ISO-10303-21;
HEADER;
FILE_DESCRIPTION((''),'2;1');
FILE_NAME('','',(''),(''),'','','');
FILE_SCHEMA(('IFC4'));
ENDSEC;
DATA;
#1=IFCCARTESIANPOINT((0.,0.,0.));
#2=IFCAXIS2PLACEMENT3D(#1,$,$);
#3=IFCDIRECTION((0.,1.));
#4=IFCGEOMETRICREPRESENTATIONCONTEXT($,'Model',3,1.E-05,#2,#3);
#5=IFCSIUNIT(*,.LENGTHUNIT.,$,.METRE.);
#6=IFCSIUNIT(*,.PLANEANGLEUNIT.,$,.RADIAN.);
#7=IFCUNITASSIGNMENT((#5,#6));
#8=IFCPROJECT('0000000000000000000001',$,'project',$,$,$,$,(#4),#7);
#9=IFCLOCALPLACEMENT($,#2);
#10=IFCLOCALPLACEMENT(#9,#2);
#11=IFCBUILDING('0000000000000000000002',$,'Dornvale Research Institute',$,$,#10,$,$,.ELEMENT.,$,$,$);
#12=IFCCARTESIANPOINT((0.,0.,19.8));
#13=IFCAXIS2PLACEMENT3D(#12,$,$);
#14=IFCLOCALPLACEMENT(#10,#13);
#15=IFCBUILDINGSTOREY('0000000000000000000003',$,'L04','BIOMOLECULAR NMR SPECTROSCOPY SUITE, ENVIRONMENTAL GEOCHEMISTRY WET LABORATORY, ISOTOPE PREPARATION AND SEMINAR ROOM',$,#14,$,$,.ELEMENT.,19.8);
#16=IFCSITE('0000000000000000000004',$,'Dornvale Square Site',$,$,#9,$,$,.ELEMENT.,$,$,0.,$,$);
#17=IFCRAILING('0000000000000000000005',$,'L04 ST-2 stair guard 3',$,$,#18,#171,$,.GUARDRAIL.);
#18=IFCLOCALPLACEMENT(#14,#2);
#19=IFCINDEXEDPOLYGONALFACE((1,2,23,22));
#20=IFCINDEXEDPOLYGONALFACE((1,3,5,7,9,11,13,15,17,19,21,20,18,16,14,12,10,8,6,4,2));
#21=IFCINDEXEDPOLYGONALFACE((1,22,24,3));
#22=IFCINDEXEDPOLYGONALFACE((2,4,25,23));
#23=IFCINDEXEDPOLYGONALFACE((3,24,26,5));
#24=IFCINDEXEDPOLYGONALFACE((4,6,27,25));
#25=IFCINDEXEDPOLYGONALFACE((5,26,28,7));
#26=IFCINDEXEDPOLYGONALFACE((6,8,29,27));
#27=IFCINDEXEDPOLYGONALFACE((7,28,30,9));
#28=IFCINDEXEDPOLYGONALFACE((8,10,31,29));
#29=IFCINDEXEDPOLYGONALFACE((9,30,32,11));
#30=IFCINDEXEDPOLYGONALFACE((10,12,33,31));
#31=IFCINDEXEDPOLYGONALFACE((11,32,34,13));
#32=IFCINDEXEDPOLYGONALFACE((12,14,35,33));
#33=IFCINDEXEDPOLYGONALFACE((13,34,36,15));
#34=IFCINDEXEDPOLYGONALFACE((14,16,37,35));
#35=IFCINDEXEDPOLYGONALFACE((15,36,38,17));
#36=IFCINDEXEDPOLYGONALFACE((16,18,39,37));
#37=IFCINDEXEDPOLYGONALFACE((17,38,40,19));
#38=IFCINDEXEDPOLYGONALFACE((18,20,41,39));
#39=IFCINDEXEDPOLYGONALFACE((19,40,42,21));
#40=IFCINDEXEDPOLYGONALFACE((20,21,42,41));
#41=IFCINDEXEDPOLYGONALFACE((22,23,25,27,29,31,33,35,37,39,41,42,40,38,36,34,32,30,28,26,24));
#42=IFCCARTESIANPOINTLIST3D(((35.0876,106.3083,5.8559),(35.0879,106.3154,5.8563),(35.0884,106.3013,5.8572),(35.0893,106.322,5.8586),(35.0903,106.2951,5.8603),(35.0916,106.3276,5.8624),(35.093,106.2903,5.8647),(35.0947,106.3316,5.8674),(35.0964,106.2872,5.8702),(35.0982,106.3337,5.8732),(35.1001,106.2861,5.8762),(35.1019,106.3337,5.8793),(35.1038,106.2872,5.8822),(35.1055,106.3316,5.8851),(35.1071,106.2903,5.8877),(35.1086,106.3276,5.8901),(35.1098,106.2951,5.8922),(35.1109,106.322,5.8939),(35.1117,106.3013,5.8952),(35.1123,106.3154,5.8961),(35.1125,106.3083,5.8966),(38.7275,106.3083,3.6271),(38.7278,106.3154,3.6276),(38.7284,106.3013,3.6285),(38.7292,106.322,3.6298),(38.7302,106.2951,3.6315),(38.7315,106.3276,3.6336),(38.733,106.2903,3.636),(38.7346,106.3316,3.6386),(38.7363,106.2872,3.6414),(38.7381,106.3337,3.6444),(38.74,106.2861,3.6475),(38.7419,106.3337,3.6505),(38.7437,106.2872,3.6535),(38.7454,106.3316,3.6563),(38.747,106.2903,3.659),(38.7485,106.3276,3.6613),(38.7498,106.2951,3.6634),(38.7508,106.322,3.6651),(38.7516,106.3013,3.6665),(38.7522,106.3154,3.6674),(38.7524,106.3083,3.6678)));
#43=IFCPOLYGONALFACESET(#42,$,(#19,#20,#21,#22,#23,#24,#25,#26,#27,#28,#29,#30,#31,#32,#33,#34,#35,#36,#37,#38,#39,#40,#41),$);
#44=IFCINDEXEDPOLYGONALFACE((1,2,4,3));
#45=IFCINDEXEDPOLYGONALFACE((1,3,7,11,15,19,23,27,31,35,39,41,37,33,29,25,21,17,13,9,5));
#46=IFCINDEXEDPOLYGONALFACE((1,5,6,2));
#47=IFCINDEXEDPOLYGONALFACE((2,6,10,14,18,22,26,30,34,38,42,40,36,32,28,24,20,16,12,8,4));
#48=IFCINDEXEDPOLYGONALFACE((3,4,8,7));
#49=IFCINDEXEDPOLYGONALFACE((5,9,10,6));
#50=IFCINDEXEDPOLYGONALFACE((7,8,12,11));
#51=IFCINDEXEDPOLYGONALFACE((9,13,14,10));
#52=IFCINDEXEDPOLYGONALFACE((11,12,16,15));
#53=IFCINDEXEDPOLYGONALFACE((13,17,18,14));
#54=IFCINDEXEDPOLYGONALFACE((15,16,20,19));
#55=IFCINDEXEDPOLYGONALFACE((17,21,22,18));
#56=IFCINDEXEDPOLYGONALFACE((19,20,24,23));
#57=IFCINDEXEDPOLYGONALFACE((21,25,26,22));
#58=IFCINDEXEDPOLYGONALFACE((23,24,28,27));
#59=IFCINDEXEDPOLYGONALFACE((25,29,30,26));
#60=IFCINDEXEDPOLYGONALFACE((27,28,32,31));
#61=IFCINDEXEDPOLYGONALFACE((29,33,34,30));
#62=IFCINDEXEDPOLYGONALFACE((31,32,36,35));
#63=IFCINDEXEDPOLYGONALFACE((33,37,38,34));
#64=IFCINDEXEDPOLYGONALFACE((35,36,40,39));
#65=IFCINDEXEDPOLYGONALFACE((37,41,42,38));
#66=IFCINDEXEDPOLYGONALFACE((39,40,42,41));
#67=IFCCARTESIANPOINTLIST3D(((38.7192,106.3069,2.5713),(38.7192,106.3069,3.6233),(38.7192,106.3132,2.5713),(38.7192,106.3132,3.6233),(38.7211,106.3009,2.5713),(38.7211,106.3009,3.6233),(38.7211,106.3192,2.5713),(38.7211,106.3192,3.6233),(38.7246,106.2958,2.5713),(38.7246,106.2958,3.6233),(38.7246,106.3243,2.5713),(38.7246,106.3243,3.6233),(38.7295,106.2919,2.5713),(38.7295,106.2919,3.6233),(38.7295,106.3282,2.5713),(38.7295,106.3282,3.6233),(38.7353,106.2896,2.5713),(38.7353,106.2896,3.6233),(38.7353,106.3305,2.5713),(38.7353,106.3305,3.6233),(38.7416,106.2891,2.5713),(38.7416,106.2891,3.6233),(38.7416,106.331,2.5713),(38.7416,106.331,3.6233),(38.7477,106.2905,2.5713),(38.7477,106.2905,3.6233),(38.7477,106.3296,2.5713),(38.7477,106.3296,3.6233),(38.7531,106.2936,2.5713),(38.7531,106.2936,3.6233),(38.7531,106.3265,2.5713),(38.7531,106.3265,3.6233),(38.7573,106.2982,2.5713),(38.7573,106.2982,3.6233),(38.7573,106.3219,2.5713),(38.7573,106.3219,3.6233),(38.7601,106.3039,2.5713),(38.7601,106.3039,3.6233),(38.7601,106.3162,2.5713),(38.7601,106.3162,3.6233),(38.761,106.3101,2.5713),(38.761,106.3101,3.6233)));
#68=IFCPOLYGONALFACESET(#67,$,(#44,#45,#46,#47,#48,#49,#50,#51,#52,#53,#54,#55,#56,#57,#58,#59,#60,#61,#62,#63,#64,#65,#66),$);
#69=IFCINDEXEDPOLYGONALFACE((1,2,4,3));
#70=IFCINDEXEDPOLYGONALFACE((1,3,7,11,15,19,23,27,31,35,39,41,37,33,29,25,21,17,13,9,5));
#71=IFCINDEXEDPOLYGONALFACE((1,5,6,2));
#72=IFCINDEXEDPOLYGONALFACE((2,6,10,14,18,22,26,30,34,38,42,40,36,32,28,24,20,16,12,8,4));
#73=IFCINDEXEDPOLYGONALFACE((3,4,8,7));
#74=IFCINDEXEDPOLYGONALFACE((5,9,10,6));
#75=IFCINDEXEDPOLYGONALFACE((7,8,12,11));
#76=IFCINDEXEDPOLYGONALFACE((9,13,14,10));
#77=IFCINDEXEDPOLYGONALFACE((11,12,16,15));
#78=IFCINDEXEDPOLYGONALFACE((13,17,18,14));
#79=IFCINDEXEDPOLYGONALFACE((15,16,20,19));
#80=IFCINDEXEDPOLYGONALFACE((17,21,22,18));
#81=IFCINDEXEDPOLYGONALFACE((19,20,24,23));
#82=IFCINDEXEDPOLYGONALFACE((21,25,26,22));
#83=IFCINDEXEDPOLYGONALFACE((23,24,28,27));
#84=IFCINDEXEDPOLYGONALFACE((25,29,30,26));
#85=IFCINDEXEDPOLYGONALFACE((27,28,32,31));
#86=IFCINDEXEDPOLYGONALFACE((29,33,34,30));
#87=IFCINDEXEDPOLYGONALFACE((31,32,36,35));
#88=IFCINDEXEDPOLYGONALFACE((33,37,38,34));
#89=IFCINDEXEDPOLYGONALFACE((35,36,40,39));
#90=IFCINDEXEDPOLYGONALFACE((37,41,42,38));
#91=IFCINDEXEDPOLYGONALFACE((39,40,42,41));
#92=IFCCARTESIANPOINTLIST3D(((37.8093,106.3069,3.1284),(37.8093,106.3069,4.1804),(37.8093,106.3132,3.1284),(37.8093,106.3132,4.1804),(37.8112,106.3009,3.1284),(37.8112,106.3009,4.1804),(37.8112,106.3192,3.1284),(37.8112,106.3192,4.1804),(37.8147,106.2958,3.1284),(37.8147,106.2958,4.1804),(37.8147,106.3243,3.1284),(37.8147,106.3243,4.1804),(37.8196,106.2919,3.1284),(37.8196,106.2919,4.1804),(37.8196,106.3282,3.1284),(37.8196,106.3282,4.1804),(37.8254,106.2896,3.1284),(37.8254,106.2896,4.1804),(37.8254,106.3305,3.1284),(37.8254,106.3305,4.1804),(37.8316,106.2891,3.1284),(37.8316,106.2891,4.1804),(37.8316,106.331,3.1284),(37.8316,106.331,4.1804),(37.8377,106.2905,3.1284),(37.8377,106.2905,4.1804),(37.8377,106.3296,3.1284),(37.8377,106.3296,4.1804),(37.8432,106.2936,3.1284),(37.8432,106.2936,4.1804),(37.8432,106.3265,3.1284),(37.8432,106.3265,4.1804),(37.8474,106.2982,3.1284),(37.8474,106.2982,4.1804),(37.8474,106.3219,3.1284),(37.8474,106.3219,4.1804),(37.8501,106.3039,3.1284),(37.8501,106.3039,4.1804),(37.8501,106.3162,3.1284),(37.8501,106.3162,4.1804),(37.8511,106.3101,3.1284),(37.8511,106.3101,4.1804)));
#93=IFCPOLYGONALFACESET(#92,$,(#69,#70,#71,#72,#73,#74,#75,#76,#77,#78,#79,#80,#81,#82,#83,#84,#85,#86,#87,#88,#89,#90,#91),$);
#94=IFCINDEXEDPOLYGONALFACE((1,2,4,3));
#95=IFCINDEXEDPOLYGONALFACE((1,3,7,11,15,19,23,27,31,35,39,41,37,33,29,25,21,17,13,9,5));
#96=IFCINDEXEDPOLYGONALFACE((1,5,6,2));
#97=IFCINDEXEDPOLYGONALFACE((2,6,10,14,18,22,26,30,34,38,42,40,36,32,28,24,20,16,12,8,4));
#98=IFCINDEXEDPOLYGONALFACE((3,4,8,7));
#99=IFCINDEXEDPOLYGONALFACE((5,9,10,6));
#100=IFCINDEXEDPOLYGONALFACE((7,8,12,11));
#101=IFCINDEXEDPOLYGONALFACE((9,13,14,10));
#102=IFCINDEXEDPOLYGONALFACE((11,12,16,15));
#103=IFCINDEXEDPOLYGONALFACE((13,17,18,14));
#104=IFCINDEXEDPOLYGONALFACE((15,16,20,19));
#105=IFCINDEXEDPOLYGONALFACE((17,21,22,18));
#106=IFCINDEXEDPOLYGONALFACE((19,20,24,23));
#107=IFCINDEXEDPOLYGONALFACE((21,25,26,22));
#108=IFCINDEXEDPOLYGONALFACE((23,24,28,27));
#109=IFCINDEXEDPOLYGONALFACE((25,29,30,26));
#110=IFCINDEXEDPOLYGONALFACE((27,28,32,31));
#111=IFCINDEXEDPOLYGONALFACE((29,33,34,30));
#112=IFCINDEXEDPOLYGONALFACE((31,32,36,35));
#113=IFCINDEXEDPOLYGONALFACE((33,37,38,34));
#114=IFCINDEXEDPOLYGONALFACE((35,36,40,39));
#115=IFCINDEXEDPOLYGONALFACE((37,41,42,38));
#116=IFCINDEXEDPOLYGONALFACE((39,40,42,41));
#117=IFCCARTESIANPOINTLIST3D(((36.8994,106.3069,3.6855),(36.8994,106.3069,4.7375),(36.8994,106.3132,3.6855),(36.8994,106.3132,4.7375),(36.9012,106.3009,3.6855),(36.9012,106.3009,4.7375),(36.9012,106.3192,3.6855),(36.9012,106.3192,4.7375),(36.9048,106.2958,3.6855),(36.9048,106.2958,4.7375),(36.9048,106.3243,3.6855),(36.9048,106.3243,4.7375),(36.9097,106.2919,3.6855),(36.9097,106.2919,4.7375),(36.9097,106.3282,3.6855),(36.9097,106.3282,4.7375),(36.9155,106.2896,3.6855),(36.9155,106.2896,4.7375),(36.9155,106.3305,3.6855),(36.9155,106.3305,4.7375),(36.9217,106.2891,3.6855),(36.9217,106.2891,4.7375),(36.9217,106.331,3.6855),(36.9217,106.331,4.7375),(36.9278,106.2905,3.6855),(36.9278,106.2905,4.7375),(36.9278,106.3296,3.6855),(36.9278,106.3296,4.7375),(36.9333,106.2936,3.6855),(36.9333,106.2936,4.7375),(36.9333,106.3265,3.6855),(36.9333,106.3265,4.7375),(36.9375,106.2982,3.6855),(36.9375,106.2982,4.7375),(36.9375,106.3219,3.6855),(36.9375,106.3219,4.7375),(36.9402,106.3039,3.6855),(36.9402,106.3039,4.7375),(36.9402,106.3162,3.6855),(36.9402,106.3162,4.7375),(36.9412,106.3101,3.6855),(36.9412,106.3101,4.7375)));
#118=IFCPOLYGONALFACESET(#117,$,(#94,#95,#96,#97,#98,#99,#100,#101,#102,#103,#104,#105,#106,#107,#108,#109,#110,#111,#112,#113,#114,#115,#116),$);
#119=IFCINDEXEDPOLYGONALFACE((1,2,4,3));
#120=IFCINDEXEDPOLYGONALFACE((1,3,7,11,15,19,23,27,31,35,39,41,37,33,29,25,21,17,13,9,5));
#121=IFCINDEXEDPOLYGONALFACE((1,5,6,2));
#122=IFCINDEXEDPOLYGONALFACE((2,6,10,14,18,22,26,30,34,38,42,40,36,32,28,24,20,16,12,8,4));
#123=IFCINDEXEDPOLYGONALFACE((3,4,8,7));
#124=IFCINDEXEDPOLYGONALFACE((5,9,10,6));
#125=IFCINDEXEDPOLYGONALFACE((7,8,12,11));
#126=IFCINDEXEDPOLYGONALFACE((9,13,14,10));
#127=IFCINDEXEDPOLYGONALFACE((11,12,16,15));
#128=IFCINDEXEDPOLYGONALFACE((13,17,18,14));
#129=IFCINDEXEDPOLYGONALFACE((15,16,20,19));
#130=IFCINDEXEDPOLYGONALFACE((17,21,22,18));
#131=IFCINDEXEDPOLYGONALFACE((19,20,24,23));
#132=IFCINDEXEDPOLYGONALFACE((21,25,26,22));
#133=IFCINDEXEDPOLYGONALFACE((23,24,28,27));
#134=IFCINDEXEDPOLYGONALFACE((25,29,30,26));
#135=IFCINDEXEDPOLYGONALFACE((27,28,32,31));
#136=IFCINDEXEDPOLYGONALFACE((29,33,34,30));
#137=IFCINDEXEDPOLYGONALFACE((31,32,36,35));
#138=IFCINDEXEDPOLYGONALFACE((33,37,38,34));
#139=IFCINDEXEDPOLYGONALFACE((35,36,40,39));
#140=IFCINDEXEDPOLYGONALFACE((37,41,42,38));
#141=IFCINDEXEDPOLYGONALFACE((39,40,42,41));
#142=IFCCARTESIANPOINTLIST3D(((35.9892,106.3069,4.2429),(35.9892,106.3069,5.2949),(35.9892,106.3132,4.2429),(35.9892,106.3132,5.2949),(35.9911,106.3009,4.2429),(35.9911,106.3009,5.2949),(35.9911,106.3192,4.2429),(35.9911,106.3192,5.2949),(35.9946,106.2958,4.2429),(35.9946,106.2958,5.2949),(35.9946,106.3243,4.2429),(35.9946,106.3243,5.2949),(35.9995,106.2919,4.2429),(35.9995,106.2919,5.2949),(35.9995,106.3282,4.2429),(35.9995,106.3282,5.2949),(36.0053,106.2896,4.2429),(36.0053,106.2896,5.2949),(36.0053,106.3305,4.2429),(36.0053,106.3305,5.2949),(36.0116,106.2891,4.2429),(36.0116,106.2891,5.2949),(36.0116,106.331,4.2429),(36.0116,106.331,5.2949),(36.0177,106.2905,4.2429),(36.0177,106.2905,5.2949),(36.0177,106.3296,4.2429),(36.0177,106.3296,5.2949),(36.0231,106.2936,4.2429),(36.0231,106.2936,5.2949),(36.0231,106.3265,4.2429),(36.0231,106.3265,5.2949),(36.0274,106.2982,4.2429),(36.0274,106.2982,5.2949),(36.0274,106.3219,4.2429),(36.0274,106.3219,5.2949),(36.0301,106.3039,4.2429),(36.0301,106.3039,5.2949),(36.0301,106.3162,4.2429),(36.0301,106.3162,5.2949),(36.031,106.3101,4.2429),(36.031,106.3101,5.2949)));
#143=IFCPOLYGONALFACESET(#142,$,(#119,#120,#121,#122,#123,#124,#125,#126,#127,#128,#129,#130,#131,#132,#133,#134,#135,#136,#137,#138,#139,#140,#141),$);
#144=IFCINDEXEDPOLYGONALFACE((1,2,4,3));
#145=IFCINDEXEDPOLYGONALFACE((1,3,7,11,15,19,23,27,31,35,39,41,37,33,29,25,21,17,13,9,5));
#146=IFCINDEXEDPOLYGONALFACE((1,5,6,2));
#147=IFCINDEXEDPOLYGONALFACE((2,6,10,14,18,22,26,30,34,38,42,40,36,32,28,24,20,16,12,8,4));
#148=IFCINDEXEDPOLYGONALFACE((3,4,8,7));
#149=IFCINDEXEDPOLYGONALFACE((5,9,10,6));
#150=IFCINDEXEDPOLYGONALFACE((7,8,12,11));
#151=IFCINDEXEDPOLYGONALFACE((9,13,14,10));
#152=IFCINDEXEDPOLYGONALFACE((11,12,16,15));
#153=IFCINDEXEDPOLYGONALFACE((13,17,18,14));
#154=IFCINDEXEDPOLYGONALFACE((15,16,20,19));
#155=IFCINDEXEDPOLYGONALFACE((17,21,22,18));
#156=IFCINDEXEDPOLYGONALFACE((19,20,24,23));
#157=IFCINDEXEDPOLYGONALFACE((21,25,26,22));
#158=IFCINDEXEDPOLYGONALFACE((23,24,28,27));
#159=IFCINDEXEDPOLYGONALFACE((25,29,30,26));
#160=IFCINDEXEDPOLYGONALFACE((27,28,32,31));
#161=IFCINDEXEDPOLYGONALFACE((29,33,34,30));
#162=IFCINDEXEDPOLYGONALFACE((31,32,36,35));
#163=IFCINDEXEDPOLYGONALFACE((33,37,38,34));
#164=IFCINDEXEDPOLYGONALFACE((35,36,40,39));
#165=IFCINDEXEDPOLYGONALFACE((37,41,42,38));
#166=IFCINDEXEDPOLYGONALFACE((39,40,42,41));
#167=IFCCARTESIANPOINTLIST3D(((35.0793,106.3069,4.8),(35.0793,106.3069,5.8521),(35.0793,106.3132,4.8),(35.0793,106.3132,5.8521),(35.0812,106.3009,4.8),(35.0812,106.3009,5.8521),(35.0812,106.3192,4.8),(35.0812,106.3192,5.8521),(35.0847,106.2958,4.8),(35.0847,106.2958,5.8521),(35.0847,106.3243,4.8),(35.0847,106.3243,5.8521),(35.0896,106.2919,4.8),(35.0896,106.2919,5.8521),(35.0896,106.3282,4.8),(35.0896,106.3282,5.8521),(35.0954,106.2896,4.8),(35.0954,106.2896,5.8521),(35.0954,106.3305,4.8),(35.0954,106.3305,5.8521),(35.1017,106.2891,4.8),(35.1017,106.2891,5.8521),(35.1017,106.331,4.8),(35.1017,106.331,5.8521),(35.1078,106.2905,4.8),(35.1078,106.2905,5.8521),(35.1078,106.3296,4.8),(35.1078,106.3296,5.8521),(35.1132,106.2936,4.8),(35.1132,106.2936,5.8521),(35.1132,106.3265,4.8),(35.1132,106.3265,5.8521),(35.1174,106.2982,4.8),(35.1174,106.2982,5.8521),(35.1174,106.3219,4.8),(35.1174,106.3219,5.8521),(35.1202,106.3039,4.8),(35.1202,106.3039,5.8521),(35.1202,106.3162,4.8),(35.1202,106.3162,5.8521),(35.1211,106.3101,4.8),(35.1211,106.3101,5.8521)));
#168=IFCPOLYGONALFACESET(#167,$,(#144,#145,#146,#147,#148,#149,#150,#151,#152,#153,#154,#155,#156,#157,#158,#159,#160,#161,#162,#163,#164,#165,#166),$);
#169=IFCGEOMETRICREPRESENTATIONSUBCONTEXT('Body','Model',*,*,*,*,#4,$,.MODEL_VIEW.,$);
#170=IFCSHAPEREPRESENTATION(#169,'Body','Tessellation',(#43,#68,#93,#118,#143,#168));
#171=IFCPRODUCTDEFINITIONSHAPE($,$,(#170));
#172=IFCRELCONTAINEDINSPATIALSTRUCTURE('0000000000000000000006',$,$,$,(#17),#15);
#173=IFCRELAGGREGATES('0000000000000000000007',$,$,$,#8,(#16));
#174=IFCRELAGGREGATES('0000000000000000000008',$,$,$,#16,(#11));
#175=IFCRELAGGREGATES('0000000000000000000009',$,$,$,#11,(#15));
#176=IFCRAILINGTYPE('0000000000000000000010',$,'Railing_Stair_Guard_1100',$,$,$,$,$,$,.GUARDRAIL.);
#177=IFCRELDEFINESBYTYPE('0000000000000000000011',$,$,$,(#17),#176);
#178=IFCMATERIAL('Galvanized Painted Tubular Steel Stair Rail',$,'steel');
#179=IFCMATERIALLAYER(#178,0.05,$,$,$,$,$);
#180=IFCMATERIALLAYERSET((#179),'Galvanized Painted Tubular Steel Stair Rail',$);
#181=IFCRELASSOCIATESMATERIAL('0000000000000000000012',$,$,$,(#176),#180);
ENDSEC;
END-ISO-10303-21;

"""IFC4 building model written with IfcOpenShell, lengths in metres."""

from ifc_helpers import new_model, si_unit, direction, frame, origin, origin_2d, place, context, subcontext, project, spatial, circle, extrude, material, layer, layer_set, type_object, element, save


model = new_model("IFC4")

# Units and contexts
model_context = context("Model", 3, precision=1e-05, world=origin(), true_north=direction((0.0, 1.0)))
body_context = subcontext(model_context, "Body", "Model", "MODEL_VIEW")
ifc_project = project(units=[si_unit("LENGTHUNIT", "METRE"), si_unit("PLANEANGLEUNIT", "RADIAN")], contexts=[model_context])

# Site, building, storey
site_placement = place(None, origin())
site = spatial("IfcSite", under=ifc_project, at=site_placement, Name="Dornvale Square Site", CompositionType="ELEMENT", RefElevation=0.0)
building_placement = place(site_placement, origin())
building = spatial("IfcBuilding", under=site, at=building_placement, Name="Dornvale Research Institute", CompositionType="ELEMENT")
storey_placement = place(building_placement, frame((0.0, 0.0, 19.8)))
storey = spatial("IfcBuildingStorey", under=building, at=storey_placement, Name="L04", Description="BIOMOLECULAR NMR SPECTROSCOPY SUITE, ENVIRONMENTAL GEOCHEMISTRY WET LABORATORY, ISOTOPE PREPARATION AND SEMINAR ROOM", CompositionType="ELEMENT", Elevation=19.8)

# Railing
ifc_material_1 = material(Name="Galvanized Painted Tubular Steel Stair Rail", Category="steel")
ifc_layer_1 = layer(ifc_material_1, 0.05)
ifc_layer_set_1 = layer_set([ifc_layer_1], Name="Galvanized Painted Tubular Steel Stair Rail")
railing_type_1 = type_object("IfcRailingType", Name="Railing_Stair_Guard_1100", PredefinedType="GUARDRAIL", material=ifc_layer_set_1)
railing_1_placement = place(storey_placement, frame((38.74, 106.3101, 2.5713)))
element("IfcRailing", 1, at=railing_1_placement, inside=storey, type_object=railing_type_1, Name="L04 ST-2 stair guard 3", PredefinedType="GUARDRAIL", context=body_context, shape_type="SweptSolid", body=[
    extrude(circle(Radius=0.0239, at=origin_2d()), frame((0.0, 0.0, 1.0762), z_axis=(-0.852825, 0.0, 0.522197), x_axis=(0.0, -1.0, 0.0)), (0.0, 0.0, 1.0), 4.2681),
    extrude(circle(Radius=0.021, at=origin_2d()), origin(), (0.0, 0.0, 1.0), 1.052),
    extrude(circle(Radius=0.021, at=origin_2d()), frame((-0.9099, 0.0, 0.5571)), (0.0, 0.0, 1.0), 1.052),
    extrude(circle(Radius=0.021, at=origin_2d()), frame((-1.8198, 0.0, 1.1143)), (0.0, 0.0, 1.0), 1.052),
    extrude(circle(Radius=0.021, at=origin_2d()), frame((-2.73, 0.0, 1.6716)), (0.0, 0.0, 1.0), 1.052),
    extrude(circle(Radius=0.021, at=origin_2d()), frame((-3.6399, 0.0, 2.2288)), (0.0, 0.0, 1.0), 1.052),
])

save(model, "model.ifc")
